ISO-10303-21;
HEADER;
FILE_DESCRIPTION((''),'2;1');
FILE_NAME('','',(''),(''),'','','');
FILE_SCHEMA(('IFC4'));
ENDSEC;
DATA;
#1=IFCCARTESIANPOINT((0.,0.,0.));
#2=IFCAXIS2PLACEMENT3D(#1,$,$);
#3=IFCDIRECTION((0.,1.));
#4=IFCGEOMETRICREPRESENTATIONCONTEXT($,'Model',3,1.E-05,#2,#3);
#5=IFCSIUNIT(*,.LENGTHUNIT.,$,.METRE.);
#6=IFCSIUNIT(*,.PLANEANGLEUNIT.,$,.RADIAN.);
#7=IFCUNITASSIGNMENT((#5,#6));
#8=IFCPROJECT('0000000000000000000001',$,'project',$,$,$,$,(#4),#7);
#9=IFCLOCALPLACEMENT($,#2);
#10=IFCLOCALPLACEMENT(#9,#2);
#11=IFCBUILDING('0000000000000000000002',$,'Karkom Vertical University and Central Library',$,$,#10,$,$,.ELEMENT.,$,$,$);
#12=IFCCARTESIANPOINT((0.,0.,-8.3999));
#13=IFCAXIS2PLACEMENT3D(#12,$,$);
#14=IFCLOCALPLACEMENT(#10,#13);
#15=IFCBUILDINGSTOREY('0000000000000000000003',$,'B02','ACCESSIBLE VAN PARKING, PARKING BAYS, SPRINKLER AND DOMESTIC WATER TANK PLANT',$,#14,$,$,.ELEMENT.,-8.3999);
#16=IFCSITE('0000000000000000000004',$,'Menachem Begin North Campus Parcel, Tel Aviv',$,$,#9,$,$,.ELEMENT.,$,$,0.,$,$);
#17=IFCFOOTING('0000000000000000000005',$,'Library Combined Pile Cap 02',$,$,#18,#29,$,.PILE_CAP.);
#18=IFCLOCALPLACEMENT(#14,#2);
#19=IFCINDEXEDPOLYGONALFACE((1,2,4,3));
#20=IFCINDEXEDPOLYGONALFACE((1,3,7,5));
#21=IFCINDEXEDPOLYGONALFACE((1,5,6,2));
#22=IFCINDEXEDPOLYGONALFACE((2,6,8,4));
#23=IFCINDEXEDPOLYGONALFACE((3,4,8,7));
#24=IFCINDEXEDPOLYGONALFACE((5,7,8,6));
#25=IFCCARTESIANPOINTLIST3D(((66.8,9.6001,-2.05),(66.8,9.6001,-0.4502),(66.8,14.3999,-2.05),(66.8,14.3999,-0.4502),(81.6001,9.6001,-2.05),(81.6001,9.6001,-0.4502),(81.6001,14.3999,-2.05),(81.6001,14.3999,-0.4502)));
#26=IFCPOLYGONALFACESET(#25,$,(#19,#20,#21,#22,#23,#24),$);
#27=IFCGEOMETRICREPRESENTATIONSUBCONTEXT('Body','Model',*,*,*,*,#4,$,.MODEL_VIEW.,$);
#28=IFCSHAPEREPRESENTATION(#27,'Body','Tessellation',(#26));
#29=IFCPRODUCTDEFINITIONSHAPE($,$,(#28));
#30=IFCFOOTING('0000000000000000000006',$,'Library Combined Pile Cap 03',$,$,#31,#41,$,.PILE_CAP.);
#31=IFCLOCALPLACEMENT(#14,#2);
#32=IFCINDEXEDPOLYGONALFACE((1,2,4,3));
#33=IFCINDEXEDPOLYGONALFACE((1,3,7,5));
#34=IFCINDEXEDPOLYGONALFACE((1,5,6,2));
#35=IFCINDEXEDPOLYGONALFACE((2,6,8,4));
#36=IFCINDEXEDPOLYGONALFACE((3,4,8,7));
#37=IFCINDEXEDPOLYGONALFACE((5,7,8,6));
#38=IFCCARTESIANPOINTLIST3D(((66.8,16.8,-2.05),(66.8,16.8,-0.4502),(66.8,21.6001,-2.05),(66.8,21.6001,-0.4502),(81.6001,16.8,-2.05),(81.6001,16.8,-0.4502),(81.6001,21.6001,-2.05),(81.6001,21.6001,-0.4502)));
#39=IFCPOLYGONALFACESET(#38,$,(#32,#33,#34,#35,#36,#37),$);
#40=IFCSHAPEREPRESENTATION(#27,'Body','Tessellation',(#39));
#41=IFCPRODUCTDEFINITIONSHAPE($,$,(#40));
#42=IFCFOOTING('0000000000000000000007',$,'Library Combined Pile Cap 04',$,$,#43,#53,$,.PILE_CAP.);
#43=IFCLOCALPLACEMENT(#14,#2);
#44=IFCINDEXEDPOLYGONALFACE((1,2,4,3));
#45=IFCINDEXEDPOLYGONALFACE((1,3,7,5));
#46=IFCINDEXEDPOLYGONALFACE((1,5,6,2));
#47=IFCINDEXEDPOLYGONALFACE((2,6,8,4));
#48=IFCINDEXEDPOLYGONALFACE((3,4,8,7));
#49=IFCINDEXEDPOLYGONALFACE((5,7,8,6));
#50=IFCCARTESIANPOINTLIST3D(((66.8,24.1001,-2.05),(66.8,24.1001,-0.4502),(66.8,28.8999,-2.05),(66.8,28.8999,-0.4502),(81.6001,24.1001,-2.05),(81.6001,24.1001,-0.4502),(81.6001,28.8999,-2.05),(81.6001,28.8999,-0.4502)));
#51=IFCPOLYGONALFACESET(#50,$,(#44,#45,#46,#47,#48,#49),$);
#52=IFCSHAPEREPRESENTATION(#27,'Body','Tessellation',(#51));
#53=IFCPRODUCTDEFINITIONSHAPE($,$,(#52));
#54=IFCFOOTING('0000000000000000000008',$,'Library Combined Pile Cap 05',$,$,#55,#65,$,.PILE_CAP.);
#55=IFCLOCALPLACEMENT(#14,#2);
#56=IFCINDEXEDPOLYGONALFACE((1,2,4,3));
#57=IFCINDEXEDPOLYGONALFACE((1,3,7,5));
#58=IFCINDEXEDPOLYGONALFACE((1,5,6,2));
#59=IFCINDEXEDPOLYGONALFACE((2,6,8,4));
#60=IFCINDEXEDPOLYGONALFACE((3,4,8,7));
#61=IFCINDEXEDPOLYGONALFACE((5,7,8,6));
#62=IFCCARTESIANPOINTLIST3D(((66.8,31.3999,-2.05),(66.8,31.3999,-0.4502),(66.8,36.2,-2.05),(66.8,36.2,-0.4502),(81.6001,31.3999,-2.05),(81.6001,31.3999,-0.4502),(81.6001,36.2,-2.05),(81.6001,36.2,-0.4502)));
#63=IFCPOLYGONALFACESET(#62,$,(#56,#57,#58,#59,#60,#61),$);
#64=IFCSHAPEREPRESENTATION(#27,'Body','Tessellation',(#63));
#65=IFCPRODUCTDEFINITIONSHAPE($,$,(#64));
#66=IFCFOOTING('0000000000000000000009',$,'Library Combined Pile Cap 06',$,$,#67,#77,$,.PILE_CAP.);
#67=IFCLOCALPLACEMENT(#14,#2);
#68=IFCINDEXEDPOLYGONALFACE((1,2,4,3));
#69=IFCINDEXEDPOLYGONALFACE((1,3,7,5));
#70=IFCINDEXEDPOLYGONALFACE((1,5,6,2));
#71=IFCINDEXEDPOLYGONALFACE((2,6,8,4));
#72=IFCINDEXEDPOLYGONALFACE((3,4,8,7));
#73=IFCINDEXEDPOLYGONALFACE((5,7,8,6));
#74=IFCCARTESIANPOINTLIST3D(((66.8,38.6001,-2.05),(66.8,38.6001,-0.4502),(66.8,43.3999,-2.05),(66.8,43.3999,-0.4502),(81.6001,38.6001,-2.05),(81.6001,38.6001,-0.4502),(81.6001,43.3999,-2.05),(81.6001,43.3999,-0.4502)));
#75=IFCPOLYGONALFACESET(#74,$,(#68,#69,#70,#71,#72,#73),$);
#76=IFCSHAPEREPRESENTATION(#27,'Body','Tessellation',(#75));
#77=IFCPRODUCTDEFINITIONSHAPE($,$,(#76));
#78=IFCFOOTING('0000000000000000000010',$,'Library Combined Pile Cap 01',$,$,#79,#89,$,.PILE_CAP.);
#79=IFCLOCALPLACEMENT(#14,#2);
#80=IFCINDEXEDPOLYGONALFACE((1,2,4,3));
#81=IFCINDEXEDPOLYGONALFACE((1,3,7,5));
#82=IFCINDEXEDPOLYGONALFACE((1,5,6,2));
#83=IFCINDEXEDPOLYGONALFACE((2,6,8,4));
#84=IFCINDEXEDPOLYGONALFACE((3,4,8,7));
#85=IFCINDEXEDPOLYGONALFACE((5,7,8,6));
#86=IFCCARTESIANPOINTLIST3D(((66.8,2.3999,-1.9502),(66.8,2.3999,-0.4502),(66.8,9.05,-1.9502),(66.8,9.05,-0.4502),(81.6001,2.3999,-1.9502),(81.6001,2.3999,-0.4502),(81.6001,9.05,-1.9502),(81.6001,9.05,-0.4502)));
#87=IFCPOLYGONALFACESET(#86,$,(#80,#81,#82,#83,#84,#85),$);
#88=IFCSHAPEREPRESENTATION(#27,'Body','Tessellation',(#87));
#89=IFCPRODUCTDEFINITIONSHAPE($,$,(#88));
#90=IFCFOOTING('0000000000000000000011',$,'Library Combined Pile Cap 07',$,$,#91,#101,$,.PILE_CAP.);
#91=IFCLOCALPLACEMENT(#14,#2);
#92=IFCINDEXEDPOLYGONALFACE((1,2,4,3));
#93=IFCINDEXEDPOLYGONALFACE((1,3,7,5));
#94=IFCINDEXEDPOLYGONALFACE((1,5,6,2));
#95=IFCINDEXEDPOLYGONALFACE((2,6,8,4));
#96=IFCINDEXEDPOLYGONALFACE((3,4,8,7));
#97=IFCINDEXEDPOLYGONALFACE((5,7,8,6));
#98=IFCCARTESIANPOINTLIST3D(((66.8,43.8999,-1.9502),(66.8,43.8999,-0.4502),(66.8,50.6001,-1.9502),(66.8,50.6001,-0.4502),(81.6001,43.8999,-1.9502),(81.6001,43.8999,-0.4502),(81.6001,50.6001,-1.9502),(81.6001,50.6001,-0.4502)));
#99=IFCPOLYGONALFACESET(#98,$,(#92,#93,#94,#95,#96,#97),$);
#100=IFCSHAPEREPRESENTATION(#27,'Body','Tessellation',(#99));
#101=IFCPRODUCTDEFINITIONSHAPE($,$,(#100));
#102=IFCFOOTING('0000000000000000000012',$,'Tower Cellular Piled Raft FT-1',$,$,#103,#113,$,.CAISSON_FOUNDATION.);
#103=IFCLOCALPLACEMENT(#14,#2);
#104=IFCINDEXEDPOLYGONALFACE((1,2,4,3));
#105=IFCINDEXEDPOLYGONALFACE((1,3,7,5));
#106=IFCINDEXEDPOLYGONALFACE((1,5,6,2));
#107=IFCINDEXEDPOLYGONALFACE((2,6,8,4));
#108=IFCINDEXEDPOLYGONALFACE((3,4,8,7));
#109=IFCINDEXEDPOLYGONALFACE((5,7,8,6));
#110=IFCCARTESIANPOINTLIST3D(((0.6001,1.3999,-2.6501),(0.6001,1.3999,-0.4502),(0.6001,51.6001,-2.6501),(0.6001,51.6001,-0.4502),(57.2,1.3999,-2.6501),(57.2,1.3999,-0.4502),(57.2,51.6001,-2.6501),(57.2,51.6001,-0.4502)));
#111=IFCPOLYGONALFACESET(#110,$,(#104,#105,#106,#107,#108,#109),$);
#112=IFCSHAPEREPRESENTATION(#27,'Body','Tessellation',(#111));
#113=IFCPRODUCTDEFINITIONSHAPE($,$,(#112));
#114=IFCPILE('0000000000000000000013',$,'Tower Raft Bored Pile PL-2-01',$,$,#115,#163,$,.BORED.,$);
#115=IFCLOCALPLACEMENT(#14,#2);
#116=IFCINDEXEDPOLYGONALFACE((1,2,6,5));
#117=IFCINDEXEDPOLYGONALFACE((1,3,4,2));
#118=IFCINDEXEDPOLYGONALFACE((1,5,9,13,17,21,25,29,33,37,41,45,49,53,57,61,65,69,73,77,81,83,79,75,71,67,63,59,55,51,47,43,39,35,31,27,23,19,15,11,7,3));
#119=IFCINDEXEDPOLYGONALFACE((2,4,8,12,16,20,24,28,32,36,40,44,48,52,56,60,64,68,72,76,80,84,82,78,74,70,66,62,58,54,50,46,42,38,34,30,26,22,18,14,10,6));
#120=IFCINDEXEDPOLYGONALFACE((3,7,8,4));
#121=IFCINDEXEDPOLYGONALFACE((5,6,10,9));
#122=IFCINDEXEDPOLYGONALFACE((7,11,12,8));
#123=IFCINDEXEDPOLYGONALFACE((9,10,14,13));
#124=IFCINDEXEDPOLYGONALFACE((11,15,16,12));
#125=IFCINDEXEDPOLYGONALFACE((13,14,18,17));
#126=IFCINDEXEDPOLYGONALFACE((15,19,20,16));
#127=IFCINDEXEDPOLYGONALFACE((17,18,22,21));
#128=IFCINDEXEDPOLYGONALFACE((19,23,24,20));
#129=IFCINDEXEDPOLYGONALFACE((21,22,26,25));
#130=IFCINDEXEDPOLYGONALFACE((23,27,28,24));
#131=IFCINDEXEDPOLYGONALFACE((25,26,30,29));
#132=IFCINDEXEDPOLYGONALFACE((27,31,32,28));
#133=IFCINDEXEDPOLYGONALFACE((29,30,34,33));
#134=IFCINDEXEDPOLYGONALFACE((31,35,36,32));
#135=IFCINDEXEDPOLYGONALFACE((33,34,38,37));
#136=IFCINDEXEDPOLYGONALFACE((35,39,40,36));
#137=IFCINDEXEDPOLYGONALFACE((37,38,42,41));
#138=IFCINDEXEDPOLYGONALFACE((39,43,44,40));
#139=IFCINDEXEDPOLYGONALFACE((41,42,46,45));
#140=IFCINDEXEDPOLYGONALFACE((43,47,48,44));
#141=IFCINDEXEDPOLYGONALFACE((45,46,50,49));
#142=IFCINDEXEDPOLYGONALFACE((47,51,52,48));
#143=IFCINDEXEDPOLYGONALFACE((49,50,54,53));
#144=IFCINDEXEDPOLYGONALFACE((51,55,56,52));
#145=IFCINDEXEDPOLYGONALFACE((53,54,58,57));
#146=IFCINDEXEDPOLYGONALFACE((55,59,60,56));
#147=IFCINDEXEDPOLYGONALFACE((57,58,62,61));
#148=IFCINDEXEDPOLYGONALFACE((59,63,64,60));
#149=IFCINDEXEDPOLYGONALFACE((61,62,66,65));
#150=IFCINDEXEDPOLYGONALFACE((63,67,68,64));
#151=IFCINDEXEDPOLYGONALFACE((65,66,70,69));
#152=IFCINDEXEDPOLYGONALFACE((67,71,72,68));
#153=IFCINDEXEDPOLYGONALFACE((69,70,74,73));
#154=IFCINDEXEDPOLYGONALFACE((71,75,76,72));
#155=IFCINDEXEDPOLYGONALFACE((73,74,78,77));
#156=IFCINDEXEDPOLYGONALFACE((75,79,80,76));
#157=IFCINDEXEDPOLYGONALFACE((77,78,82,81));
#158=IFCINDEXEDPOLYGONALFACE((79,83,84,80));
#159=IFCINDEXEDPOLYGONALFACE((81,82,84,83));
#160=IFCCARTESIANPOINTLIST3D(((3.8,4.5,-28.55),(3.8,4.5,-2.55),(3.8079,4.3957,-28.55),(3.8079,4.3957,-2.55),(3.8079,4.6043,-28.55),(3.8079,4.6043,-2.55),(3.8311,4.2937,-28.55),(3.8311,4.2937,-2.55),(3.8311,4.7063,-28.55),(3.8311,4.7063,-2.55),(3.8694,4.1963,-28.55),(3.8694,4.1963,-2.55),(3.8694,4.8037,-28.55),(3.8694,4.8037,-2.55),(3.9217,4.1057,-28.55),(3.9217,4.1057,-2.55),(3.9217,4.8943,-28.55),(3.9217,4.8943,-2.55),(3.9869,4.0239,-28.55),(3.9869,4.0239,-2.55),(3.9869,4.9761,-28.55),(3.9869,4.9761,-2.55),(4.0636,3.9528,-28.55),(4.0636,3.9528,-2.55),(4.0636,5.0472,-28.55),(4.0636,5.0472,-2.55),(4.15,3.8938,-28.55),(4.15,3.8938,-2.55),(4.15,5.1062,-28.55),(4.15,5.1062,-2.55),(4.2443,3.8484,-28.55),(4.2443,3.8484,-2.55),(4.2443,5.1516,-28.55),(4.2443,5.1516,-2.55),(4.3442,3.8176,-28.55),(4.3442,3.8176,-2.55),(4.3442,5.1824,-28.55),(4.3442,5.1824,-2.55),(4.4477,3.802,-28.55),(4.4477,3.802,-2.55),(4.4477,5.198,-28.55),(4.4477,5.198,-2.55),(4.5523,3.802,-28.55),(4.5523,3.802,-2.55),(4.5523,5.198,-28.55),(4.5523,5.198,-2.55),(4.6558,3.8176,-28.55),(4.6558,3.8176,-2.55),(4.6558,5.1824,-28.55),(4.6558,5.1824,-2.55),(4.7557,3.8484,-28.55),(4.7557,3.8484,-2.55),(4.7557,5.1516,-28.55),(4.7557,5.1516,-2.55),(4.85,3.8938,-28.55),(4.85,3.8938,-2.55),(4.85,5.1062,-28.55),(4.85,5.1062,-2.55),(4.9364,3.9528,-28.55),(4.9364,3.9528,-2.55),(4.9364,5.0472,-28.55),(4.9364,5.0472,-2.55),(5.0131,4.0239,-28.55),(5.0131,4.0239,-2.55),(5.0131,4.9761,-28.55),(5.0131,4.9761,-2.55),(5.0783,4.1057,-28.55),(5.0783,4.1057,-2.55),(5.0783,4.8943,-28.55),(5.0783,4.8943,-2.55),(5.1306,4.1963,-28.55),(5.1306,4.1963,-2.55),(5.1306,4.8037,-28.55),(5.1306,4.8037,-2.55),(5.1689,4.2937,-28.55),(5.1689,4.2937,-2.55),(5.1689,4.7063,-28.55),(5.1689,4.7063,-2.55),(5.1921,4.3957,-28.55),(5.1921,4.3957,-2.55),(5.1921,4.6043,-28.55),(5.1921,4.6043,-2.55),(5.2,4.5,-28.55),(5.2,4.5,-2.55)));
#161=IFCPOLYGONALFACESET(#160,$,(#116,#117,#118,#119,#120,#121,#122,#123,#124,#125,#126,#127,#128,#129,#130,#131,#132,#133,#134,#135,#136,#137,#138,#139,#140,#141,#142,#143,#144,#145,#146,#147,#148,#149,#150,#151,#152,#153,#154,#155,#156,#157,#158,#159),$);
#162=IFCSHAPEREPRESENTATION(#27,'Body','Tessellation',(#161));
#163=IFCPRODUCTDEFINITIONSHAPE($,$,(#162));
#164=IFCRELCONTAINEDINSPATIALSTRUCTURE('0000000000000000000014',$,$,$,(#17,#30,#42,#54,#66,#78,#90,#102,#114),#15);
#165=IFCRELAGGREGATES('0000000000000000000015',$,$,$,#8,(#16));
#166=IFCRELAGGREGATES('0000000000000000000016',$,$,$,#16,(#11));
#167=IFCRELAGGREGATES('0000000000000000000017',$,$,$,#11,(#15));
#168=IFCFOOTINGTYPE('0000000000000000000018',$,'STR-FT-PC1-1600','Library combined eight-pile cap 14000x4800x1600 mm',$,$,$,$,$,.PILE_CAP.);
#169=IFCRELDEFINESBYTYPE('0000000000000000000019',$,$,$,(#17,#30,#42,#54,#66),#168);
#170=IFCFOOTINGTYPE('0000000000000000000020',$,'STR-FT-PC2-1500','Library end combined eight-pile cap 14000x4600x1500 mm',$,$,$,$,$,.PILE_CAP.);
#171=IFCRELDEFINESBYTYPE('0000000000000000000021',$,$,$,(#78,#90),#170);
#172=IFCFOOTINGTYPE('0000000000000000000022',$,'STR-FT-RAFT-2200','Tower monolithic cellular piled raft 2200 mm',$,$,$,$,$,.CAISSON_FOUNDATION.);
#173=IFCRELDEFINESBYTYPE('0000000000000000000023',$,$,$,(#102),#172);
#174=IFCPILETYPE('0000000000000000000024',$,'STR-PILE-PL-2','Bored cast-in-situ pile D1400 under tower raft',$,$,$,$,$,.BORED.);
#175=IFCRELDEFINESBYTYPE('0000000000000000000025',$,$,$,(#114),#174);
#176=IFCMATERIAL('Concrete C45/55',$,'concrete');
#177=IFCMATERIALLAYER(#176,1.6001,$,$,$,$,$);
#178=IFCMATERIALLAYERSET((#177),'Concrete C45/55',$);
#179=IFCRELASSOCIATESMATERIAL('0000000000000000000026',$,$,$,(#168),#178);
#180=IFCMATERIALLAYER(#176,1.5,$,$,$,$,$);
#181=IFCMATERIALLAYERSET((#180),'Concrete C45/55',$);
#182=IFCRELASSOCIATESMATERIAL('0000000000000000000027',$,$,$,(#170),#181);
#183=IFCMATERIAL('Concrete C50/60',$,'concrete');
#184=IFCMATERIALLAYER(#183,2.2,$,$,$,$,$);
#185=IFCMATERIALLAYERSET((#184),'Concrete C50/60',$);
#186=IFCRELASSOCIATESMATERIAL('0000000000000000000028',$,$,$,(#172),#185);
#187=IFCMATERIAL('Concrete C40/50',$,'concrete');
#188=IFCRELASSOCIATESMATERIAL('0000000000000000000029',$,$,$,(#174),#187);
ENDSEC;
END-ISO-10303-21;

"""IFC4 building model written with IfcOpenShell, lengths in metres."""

from ifc_helpers import new_model, si_unit, direction, frame, origin, origin_with_axes, origin_2d, place, context, subcontext, project, spatial, polyline, circle, outline, extrude, source, transform, mapped, material, layer, layer_set, material_profile, profile_set, type_object, element, save


model = new_model("IFC4")

# Units and contexts
model_context = context("Model", 3, precision=1e-05, world=origin(), true_north=direction((0.0, 1.0)))
body_context = subcontext(model_context, "Body", "Model", "MODEL_VIEW")
ifc_project = project(units=[si_unit("LENGTHUNIT", "METRE"), si_unit("PLANEANGLEUNIT", "RADIAN")], contexts=[model_context])

# Site, building, storey
site_placement = place(None, origin())
site = spatial("IfcSite", under=ifc_project, at=site_placement, Name="Menachem Begin North Campus Parcel, Tel Aviv", CompositionType="ELEMENT", RefElevation=0.0)
building_placement = place(site_placement, origin())
building = spatial("IfcBuilding", under=site, at=building_placement, Name="Karkom Vertical University and Central Library", CompositionType="ELEMENT")
storey_placement = place(building_placement, frame((0.0, 0.0, -8.3999)))
storey = spatial("IfcBuildingStorey", under=building, at=storey_placement, Name="B02", Description="ACCESSIBLE VAN PARKING, PARKING BAYS, SPRINKLER AND DOMESTIC WATER TANK PLANT", CompositionType="ELEMENT", Elevation=-8.3999)

# Footings
ifc_material_1 = material(Name="Concrete C45/55", Category="concrete")
ifc_layer_1 = layer(ifc_material_1, 1.6001)
ifc_layer_set_1 = layer_set([ifc_layer_1], Name="Concrete C45/55")
footing_type_1 = type_object("IfcFootingType", Name="STR-FT-PC1-1600", Description="Library combined eight-pile cap 14000x4800x1600 mm", PredefinedType="PILE_CAP", material=ifc_layer_set_1)
footing_1_placement = place(storey_placement, frame((0.0, 0.0, -2.05)))
element("IfcFooting", 1, at=footing_1_placement, inside=storey, type_object=footing_type_1, Name="Library Combined Pile Cap 02", PredefinedType="PILE_CAP", context=body_context, shape_type="SweptSolid", body=[
    extrude(outline(polyline([(66.8, 9.6001), (81.6001, 9.6001), (81.6001, 14.3999), (66.8, 14.3999), (66.8, 9.6001)])), origin(), (0.0, 0.0, 1.0), 1.5999),
])
footing_2_placement = place(storey_placement, frame((0.0, 0.0, -2.05)))
element("IfcFooting", 2, at=footing_2_placement, inside=storey, type_object=footing_type_1, Name="Library Combined Pile Cap 03", PredefinedType="PILE_CAP", context=body_context, shape_type="SweptSolid", body=[
    extrude(outline(polyline([(66.8, 16.8), (81.6001, 16.8), (81.6001, 21.6001), (66.8, 21.6001), (66.8, 16.8)])), origin(), (0.0, 0.0, 1.0), 1.5999),
])
footing_3_placement = place(storey_placement, frame((0.0, 0.0, -2.05)))
element("IfcFooting", 3, at=footing_3_placement, inside=storey, type_object=footing_type_1, Name="Library Combined Pile Cap 04", PredefinedType="PILE_CAP", context=body_context, shape_type="SweptSolid", body=[
    extrude(outline(polyline([(66.8, 24.1001), (81.6001, 24.1001), (81.6001, 28.8999), (66.8, 28.8999), (66.8, 24.1001)])), origin(), (0.0, 0.0, 1.0), 1.5999),
])
footing_4_placement = place(storey_placement, frame((0.0, 0.0, -2.05)))
element("IfcFooting", 4, at=footing_4_placement, inside=storey, type_object=footing_type_1, Name="Library Combined Pile Cap 05", PredefinedType="PILE_CAP", context=body_context, shape_type="SweptSolid", body=[
    extrude(outline(polyline([(66.8, 31.3999), (81.6001, 31.3999), (81.6001, 36.2), (66.8, 36.2), (66.8, 31.3999)])), origin(), (0.0, 0.0, 1.0), 1.5999),
])
footing_5_placement = place(storey_placement, frame((0.0, 0.0, -2.05)))
element("IfcFooting", 5, at=footing_5_placement, inside=storey, type_object=footing_type_1, Name="Library Combined Pile Cap 06", PredefinedType="PILE_CAP", context=body_context, shape_type="SweptSolid", body=[
    extrude(outline(polyline([(66.8, 38.6001), (81.6001, 38.6001), (81.6001, 43.3999), (66.8, 43.3999), (66.8, 38.6001)])), origin(), (0.0, 0.0, 1.0), 1.5999),
])
ifc_layer_2 = layer(ifc_material_1, 1.5)
ifc_layer_set_2 = layer_set([ifc_layer_2], Name="Concrete C45/55")
footing_type_2 = type_object("IfcFootingType", Name="STR-FT-PC2-1500", Description="Library end combined eight-pile cap 14000x4600x1500 mm", PredefinedType="PILE_CAP", material=ifc_layer_set_2)
footing_6_placement = place(storey_placement, frame((0.0, 0.0, -1.9502)))
element("IfcFooting", 6, at=footing_6_placement, inside=storey, type_object=footing_type_2, Name="Library Combined Pile Cap 01", PredefinedType="PILE_CAP", context=body_context, shape_type="SweptSolid", body=[
    extrude(outline(polyline([(66.8, 2.3999), (81.6001, 2.3999), (81.6001, 9.05), (66.8, 9.05), (66.8, 2.3999)])), origin(), (0.0, 0.0, 1.0), 1.5),
])
footing_7_placement = place(storey_placement, frame((0.0, 0.0, -1.9502)))
element("IfcFooting", 7, at=footing_7_placement, inside=storey, type_object=footing_type_2, Name="Library Combined Pile Cap 07", PredefinedType="PILE_CAP", context=body_context, shape_type="SweptSolid", body=[
    extrude(outline(polyline([(66.8, 43.8999), (81.6001, 43.8999), (81.6001, 50.6001), (66.8, 50.6001), (66.8, 43.8999)])), origin(), (0.0, 0.0, 1.0), 1.5),
])
ifc_material_2 = material(Name="Concrete C50/60", Category="concrete")
ifc_layer_3 = layer(ifc_material_2, 2.2)
ifc_layer_set_3 = layer_set([ifc_layer_3], Name="Concrete C50/60")
footing_type_3 = type_object("IfcFootingType", Name="STR-FT-RAFT-2200", Description="Tower monolithic cellular piled raft 2200 mm", PredefinedType="CAISSON_FOUNDATION", material=ifc_layer_set_3)
footing_8_placement = place(storey_placement, frame((0.0, 0.0, -2.6501)))
element("IfcFooting", 8, at=footing_8_placement, inside=storey, type_object=footing_type_3, Name="Tower Cellular Piled Raft FT-1", PredefinedType="CAISSON_FOUNDATION", context=body_context, shape_type="SweptSolid", body=[
    extrude(outline(polyline([(0.6001, 1.3999), (57.2, 1.3999), (57.2, 51.6001), (0.6001, 51.6001), (0.6001, 1.3999)])), origin(), (0.0, 0.0, 1.0), 2.2),
])

# Pile
ifc_material_3 = material(Name="Concrete C40/50", Category="concrete")
ifc_material_profile_1 = material_profile(ifc_material_3, circle(Radius=0.7, at=origin_2d()), Name="PILE-D1400")
ifc_profile_set_1 = profile_set([ifc_material_profile_1], Name="Concrete C40/50")
pile_type = type_object("IfcPileType", Name="STR-PILE-PL-2", Description="Bored cast-in-situ pile D1400 under tower raft", PredefinedType="BORED", material=ifc_profile_set_1)
shared_shape_1 = source(origin_with_axes(), body_context, "Body", "SweptSolid", [
    extrude(circle(Radius=0.7, at=origin_2d()), origin(), (0.0, 0.0, 1.0), 26.0),
])
for number, where, z_axis, x_axis, name in (
    (9, (4.5, 4.5, -2.55), (0.0, 0.0, -1.0), (1.0, 0.0, 0.0), "Tower Raft Bored Pile PL-2-01"),
):
    element("IfcPile", number, at=place(storey_placement, frame(where, z_axis=z_axis, x_axis=x_axis)), inside=storey, type_object=pile_type, Name=name, PredefinedType="BORED", context=body_context, shape_type="MappedRepresentation", body=[
        mapped(shared_shape_1, transform((0.0, 0.0, 0.0), scale=1.0)),
    ])

save(model, "model.ifc")
